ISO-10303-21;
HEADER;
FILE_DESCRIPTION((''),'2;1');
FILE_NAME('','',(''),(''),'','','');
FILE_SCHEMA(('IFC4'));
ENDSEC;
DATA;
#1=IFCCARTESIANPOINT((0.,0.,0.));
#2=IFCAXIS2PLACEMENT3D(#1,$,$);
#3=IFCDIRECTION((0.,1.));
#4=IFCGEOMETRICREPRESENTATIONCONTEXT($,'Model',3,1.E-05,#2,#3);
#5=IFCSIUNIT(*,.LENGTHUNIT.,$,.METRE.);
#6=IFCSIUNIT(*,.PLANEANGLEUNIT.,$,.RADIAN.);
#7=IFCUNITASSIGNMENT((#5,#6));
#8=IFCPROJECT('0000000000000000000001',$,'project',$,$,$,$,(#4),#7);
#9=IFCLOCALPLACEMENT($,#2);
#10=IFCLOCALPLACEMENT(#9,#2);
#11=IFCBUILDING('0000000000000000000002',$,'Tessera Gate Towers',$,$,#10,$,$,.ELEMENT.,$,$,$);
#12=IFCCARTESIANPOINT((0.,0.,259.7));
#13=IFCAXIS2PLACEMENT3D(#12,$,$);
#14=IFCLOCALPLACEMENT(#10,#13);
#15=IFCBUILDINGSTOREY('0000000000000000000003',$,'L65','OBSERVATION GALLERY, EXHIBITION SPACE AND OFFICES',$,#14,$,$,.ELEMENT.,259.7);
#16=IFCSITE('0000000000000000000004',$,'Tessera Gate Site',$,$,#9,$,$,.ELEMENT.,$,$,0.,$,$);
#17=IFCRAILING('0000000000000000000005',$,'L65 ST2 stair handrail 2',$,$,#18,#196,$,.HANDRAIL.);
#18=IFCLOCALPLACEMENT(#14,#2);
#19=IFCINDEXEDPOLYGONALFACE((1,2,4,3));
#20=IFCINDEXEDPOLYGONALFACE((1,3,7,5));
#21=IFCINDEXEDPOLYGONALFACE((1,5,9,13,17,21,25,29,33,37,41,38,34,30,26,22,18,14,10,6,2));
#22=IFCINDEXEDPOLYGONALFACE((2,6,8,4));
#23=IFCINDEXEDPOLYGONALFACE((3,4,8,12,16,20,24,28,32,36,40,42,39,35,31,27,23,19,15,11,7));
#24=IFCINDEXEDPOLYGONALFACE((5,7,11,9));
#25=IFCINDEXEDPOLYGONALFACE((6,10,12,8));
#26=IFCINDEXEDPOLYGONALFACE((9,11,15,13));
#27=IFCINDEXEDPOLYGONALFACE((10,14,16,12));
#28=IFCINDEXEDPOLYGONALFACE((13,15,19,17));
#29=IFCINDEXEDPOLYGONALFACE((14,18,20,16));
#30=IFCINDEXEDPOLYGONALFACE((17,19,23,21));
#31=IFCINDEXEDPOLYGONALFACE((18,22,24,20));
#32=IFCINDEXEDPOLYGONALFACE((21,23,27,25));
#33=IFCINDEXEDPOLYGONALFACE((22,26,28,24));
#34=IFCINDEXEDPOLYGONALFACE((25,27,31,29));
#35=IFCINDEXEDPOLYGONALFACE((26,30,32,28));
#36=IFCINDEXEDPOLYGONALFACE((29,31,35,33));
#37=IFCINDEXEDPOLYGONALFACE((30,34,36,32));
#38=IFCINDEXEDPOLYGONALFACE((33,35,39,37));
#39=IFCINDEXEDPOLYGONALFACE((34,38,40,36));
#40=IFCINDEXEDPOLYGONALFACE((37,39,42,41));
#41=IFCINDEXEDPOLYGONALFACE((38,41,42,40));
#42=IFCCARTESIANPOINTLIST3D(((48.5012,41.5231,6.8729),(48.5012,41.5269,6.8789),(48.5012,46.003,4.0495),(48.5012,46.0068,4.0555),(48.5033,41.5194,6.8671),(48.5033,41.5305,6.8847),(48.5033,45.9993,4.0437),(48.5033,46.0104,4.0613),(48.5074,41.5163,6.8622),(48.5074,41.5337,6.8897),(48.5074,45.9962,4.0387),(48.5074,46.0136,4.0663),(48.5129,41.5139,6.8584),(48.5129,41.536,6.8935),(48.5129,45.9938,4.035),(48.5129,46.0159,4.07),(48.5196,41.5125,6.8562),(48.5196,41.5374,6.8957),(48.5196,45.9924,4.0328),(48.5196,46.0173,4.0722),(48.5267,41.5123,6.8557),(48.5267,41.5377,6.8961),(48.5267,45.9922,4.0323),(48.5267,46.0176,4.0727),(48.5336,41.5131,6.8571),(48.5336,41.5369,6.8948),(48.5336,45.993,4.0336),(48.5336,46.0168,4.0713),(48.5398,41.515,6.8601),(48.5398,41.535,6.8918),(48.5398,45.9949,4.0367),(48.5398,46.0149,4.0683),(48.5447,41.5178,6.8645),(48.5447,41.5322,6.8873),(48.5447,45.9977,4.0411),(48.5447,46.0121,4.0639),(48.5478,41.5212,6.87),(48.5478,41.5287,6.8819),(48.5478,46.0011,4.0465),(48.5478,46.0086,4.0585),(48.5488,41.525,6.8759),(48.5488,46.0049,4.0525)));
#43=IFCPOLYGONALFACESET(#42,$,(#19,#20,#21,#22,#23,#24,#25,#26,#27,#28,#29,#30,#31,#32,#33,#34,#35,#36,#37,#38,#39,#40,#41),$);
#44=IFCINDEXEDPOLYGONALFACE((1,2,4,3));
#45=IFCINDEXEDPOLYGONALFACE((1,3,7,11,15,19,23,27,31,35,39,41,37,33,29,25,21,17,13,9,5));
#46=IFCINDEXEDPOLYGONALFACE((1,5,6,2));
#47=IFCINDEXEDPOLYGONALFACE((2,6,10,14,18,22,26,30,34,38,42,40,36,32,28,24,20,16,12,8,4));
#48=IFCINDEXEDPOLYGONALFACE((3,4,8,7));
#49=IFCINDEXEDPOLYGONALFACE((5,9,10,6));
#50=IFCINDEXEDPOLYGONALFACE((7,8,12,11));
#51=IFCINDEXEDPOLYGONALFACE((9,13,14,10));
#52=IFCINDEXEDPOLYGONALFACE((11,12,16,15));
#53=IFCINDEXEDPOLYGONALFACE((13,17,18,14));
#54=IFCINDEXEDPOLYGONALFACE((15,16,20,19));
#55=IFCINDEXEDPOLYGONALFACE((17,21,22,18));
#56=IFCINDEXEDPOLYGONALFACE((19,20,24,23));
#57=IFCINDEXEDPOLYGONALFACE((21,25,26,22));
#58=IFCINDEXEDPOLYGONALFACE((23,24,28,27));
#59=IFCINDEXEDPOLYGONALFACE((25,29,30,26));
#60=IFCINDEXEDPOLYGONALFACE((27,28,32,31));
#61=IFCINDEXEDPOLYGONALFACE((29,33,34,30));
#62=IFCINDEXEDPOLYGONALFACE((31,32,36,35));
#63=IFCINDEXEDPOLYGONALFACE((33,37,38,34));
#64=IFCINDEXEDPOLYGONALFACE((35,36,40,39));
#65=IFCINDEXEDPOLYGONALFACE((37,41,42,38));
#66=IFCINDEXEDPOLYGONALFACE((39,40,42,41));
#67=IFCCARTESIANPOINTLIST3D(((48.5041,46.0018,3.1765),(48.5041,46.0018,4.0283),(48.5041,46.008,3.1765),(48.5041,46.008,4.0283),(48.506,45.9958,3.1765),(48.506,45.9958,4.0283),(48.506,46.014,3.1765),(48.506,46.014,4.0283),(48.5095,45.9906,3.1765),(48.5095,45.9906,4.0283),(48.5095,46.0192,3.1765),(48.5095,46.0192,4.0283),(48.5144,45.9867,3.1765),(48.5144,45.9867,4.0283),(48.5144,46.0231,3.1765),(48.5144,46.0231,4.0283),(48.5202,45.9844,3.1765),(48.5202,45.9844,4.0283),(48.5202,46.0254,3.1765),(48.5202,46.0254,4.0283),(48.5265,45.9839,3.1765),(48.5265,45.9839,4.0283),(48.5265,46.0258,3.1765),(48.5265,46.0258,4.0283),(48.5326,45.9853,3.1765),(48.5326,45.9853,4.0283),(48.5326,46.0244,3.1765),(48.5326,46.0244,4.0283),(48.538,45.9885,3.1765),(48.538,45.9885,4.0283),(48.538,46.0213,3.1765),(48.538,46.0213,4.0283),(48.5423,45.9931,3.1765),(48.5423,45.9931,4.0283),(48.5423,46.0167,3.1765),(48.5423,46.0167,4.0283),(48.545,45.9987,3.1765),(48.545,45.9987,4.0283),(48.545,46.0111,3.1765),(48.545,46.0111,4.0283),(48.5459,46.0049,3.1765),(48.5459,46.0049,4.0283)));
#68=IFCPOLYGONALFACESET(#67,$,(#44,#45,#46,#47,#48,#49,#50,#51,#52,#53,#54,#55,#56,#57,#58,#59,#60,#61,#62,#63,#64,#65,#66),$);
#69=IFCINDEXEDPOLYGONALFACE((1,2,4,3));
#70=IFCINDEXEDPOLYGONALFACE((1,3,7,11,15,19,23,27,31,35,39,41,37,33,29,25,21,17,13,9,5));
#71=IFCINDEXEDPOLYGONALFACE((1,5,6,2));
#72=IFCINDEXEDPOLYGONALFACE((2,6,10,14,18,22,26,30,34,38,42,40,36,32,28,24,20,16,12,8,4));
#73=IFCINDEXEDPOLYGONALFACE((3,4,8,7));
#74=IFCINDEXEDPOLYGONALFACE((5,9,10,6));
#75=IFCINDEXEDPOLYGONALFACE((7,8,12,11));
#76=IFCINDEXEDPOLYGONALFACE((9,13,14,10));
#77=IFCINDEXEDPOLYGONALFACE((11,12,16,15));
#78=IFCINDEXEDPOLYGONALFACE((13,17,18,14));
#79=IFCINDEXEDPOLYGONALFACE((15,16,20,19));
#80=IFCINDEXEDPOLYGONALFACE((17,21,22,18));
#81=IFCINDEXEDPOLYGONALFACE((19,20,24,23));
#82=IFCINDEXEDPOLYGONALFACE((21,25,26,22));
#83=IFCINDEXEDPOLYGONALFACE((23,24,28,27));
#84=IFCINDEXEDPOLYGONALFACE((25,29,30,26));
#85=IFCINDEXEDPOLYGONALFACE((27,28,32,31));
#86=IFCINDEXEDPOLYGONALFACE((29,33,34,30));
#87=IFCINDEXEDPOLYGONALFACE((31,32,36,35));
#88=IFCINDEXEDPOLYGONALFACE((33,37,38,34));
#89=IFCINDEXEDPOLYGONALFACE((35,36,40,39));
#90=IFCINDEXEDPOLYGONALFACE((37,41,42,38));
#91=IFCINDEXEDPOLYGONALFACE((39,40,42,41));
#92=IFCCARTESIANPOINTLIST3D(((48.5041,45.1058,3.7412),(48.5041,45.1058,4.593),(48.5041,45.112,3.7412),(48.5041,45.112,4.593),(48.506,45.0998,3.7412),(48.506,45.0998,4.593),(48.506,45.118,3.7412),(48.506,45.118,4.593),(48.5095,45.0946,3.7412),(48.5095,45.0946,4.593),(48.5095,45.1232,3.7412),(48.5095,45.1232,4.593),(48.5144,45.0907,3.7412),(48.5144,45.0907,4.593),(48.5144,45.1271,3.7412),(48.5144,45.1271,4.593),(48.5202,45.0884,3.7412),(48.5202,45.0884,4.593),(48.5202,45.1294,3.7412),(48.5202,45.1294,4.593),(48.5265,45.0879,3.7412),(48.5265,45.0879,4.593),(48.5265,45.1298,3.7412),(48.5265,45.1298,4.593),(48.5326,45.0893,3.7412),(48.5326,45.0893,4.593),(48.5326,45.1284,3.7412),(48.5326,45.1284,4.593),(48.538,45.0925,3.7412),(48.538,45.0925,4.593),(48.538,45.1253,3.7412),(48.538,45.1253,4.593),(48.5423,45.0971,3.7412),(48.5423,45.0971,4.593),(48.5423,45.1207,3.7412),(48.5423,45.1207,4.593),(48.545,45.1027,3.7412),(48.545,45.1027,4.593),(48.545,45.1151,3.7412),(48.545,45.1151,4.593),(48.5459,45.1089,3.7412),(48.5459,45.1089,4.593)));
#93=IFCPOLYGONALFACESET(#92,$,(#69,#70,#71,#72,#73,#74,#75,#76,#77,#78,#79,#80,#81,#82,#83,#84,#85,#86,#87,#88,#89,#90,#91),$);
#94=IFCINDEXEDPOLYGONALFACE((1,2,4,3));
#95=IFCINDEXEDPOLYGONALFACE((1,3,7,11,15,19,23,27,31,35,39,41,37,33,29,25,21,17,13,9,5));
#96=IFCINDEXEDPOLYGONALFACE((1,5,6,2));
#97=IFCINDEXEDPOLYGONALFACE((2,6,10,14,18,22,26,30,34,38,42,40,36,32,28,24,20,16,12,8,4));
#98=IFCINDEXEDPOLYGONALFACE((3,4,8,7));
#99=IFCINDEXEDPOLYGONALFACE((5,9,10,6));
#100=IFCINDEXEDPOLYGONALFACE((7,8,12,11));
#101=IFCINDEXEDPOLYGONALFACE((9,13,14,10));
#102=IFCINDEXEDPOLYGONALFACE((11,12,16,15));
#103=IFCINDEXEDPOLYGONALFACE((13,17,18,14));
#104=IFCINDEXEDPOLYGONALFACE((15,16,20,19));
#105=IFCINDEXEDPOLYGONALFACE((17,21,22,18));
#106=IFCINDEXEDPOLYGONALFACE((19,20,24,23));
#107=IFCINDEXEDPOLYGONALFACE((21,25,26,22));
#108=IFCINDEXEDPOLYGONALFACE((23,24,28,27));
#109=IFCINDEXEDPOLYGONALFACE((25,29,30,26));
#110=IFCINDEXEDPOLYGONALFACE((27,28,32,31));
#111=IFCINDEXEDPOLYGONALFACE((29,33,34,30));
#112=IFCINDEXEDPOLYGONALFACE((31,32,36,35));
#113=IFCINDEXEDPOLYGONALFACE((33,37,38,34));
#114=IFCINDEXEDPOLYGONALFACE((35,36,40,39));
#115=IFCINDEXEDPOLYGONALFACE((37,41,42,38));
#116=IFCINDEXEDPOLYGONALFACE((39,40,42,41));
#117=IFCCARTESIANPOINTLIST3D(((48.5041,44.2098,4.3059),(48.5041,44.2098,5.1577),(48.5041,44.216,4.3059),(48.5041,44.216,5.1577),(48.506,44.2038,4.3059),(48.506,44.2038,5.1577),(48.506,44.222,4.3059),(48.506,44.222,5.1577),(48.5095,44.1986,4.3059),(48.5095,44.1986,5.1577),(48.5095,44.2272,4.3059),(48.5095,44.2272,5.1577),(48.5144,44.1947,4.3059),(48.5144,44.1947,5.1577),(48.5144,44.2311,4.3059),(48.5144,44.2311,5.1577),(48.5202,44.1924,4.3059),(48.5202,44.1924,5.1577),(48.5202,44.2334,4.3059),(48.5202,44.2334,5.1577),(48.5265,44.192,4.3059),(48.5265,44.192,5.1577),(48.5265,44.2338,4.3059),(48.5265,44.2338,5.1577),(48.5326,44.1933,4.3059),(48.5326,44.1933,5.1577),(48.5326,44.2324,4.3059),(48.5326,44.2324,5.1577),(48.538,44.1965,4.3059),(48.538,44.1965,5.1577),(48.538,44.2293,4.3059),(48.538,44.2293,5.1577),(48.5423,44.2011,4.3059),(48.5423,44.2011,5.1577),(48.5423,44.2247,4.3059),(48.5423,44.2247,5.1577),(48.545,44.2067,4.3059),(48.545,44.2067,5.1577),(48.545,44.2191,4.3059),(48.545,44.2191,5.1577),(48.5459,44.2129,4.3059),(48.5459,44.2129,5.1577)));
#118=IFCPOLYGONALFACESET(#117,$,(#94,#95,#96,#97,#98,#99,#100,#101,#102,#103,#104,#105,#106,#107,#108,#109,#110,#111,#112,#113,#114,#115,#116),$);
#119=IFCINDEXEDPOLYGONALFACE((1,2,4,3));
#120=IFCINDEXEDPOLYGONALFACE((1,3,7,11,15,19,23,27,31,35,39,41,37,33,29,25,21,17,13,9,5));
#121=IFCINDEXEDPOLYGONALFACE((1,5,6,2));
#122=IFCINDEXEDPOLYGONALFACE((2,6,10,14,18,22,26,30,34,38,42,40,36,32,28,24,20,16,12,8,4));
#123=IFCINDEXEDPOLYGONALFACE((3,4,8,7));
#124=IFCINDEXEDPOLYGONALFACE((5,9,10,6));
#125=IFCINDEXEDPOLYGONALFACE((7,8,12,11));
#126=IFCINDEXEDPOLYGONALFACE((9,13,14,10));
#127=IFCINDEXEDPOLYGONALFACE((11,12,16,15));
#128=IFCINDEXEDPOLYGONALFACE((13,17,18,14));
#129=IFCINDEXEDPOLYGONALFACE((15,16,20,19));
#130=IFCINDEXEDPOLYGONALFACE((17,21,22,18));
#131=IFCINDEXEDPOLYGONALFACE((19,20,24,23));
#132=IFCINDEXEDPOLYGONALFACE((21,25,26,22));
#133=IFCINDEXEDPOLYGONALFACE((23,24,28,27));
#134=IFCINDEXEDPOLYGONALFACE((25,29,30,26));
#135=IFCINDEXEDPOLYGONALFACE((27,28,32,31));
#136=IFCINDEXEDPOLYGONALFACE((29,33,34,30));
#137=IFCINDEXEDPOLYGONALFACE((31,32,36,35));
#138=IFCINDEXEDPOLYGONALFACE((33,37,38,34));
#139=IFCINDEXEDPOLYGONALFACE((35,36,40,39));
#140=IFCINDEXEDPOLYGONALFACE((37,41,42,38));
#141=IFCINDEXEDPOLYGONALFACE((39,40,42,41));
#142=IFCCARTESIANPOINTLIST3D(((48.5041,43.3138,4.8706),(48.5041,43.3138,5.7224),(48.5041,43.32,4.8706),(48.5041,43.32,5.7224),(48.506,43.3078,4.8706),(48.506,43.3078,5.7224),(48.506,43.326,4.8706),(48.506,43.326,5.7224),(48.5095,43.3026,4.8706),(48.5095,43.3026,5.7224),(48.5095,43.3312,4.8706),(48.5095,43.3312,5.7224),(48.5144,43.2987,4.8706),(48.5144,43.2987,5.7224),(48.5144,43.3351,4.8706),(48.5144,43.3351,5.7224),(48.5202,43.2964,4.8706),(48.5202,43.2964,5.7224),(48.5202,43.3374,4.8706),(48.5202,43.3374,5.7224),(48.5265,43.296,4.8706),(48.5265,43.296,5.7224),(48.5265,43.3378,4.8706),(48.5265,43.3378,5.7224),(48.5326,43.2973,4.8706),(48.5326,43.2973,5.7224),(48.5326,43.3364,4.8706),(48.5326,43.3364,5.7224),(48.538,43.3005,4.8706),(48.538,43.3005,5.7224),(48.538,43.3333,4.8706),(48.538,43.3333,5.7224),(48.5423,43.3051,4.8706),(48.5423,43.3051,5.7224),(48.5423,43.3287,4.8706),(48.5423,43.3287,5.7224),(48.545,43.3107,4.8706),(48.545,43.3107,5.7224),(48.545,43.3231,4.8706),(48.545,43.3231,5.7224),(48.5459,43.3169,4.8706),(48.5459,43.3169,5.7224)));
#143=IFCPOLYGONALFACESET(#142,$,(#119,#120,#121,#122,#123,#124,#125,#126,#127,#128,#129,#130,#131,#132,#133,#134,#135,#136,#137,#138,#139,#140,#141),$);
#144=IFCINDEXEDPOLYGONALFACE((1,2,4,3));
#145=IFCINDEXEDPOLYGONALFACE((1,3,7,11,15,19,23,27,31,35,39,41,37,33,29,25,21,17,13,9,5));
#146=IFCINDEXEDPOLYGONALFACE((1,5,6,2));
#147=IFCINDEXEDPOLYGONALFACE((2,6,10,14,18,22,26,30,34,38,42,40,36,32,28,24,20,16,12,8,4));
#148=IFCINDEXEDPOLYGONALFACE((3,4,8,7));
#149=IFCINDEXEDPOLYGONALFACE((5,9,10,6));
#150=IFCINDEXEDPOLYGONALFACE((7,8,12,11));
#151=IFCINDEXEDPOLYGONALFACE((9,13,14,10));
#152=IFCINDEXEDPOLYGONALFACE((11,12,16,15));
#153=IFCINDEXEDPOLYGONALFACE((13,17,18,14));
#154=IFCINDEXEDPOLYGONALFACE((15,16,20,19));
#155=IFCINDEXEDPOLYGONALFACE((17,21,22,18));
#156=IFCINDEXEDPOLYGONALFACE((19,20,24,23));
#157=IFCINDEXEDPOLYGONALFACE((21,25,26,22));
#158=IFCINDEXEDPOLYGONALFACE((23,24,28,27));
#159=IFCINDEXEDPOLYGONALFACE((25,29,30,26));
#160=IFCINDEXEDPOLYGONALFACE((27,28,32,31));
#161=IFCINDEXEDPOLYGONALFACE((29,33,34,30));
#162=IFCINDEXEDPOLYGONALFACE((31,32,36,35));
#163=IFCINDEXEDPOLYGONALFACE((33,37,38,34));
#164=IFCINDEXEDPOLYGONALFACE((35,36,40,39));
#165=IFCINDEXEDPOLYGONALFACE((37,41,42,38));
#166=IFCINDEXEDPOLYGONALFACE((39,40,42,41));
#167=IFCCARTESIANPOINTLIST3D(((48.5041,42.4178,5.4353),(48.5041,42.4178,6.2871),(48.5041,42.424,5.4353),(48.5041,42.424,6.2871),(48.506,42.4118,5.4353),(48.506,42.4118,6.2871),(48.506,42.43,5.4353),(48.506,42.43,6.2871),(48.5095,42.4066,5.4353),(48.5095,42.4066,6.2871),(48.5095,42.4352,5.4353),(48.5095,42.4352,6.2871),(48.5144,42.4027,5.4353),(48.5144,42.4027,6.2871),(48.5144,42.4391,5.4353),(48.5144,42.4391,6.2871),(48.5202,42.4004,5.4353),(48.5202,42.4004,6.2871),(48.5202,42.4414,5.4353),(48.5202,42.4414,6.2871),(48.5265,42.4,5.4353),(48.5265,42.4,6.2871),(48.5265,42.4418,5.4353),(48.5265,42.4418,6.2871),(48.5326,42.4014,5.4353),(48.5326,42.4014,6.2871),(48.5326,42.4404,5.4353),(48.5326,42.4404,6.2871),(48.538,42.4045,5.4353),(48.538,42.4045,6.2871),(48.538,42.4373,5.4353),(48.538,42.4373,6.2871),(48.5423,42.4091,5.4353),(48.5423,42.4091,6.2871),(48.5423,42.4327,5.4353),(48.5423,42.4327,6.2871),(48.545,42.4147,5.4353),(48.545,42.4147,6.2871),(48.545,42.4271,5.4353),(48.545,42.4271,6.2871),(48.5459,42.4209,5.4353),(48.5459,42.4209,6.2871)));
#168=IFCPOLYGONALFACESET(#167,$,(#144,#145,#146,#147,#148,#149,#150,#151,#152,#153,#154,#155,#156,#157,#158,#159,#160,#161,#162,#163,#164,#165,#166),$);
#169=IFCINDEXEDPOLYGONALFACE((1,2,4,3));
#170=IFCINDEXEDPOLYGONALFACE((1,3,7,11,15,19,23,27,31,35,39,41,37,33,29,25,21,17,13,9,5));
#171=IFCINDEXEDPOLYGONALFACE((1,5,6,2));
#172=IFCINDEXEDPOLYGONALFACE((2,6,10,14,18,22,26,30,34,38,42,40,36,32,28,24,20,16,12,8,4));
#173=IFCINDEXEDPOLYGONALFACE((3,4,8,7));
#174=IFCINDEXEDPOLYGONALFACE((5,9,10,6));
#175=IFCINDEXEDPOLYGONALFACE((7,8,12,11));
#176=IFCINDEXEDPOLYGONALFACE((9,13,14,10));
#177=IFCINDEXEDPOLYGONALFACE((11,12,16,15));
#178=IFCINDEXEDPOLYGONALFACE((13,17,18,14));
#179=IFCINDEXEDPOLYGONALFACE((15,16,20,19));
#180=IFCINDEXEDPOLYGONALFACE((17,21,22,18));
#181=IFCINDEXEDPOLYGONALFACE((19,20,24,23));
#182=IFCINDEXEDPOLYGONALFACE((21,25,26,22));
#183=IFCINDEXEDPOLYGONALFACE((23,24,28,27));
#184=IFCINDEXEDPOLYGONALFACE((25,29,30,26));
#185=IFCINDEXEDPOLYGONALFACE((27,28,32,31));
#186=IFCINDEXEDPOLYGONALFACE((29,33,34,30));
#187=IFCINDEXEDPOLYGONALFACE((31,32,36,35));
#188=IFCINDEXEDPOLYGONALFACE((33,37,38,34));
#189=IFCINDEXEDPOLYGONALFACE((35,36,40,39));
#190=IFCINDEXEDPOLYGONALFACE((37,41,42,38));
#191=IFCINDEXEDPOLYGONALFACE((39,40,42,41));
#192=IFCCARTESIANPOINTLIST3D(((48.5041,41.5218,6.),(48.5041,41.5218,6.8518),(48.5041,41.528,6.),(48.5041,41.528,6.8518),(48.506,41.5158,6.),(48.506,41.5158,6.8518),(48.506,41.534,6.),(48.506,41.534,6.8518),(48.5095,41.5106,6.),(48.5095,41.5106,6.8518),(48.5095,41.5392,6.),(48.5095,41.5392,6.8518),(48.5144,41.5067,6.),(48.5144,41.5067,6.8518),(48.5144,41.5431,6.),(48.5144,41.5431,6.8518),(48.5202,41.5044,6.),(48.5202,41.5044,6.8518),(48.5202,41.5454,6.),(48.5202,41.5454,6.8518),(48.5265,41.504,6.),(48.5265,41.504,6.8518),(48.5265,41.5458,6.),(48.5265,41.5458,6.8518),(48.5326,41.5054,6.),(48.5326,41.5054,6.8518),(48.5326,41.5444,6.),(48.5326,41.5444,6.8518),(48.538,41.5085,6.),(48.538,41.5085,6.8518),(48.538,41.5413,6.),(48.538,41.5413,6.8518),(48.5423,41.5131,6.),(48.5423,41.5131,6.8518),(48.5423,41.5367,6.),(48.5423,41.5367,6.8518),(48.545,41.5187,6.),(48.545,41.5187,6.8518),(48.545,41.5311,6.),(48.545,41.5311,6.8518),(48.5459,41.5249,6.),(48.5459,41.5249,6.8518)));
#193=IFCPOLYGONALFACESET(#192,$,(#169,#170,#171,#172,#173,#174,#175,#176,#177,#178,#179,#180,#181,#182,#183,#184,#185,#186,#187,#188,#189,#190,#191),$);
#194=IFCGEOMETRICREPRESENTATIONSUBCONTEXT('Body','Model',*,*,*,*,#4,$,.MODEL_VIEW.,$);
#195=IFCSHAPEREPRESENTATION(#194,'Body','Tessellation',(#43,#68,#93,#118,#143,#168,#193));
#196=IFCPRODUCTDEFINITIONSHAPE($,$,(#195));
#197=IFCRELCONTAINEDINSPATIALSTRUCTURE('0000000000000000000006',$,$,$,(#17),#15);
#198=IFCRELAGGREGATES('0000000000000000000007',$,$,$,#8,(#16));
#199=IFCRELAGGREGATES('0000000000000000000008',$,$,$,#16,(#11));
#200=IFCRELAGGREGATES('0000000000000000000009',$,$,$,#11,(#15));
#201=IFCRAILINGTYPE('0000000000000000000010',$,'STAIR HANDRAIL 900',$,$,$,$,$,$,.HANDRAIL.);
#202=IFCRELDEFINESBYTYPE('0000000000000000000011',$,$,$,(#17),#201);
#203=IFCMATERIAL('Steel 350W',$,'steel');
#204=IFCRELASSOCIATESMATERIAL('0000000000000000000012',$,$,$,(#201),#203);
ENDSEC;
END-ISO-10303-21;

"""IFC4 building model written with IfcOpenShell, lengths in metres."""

from ifc_helpers import new_model, si_unit, direction, frame, origin, origin_2d, place, context, subcontext, project, spatial, circle, extrude, material, type_object, element, save


model = new_model("IFC4")

# Units and contexts
model_context = context("Model", 3, precision=1e-05, world=origin(), true_north=direction((0.0, 1.0)))
body_context = subcontext(model_context, "Body", "Model", "MODEL_VIEW")
ifc_project = project(units=[si_unit("LENGTHUNIT", "METRE"), si_unit("PLANEANGLEUNIT", "RADIAN")], contexts=[model_context])

# Site, building, storey
site_placement = place(None, origin())
site = spatial("IfcSite", under=ifc_project, at=site_placement, Name="Tessera Gate Site", CompositionType="ELEMENT", RefElevation=0.0)
building_placement = place(site_placement, origin())
building = spatial("IfcBuilding", under=site, at=building_placement, Name="Tessera Gate Towers", CompositionType="ELEMENT")
storey_placement = place(building_placement, frame((0.0, 0.0, 259.7)))
storey = spatial("IfcBuildingStorey", under=building, at=storey_placement, Name="L65", Description="OBSERVATION GALLERY, EXHIBITION SPACE AND OFFICES", CompositionType="ELEMENT", Elevation=259.7)

# Railing
ifc_material_1 = material(Name="Steel 350W", Category="steel")
railing_type = type_object("IfcRailingType", Name="STAIR HANDRAIL 900", PredefinedType="HANDRAIL", material=ifc_material_1)
railing_placement = place(storey_placement, frame((48.5249, 46.0049, 3.1765)))
element("IfcRailing", 1, at=railing_placement, inside=storey, type_object=railing_type, Name="L65 ST2 stair handrail 2", PredefinedType="HANDRAIL", context=body_context, shape_type="SweptSolid", body=[
    extrude(circle(Radius=0.0239, at=origin_2d()), frame((0.0, 0.0, 0.876), z_axis=(0.0, -0.845998, 0.533186), x_axis=(1.0, 0.0, 0.0)), (0.0, 0.0, 1.0), 5.2954),
    extrude(circle(Radius=0.021, at=origin_2d()), origin(), (0.0, 0.0, 1.0), 0.8518),
    extrude(circle(Radius=0.021, at=origin_2d()), frame((0.0, -0.896, 0.5647)), (0.0, 0.0, 1.0), 0.8518),
    extrude(circle(Radius=0.021, at=origin_2d()), frame((0.0, -1.792, 1.1294)), (0.0, 0.0, 1.0), 0.8518),
    extrude(circle(Radius=0.021, at=origin_2d()), frame((0.0, -2.688, 1.6941)), (0.0, 0.0, 1.0), 0.8518),
    extrude(circle(Radius=0.021, at=origin_2d()), frame((0.0, -3.584, 2.2588)), (0.0, 0.0, 1.0), 0.8518),
    extrude(circle(Radius=0.021, at=origin_2d()), frame((0.0, -4.48, 2.8235)), (0.0, 0.0, 1.0), 0.8518),
])

save(model, "model.ifc")
